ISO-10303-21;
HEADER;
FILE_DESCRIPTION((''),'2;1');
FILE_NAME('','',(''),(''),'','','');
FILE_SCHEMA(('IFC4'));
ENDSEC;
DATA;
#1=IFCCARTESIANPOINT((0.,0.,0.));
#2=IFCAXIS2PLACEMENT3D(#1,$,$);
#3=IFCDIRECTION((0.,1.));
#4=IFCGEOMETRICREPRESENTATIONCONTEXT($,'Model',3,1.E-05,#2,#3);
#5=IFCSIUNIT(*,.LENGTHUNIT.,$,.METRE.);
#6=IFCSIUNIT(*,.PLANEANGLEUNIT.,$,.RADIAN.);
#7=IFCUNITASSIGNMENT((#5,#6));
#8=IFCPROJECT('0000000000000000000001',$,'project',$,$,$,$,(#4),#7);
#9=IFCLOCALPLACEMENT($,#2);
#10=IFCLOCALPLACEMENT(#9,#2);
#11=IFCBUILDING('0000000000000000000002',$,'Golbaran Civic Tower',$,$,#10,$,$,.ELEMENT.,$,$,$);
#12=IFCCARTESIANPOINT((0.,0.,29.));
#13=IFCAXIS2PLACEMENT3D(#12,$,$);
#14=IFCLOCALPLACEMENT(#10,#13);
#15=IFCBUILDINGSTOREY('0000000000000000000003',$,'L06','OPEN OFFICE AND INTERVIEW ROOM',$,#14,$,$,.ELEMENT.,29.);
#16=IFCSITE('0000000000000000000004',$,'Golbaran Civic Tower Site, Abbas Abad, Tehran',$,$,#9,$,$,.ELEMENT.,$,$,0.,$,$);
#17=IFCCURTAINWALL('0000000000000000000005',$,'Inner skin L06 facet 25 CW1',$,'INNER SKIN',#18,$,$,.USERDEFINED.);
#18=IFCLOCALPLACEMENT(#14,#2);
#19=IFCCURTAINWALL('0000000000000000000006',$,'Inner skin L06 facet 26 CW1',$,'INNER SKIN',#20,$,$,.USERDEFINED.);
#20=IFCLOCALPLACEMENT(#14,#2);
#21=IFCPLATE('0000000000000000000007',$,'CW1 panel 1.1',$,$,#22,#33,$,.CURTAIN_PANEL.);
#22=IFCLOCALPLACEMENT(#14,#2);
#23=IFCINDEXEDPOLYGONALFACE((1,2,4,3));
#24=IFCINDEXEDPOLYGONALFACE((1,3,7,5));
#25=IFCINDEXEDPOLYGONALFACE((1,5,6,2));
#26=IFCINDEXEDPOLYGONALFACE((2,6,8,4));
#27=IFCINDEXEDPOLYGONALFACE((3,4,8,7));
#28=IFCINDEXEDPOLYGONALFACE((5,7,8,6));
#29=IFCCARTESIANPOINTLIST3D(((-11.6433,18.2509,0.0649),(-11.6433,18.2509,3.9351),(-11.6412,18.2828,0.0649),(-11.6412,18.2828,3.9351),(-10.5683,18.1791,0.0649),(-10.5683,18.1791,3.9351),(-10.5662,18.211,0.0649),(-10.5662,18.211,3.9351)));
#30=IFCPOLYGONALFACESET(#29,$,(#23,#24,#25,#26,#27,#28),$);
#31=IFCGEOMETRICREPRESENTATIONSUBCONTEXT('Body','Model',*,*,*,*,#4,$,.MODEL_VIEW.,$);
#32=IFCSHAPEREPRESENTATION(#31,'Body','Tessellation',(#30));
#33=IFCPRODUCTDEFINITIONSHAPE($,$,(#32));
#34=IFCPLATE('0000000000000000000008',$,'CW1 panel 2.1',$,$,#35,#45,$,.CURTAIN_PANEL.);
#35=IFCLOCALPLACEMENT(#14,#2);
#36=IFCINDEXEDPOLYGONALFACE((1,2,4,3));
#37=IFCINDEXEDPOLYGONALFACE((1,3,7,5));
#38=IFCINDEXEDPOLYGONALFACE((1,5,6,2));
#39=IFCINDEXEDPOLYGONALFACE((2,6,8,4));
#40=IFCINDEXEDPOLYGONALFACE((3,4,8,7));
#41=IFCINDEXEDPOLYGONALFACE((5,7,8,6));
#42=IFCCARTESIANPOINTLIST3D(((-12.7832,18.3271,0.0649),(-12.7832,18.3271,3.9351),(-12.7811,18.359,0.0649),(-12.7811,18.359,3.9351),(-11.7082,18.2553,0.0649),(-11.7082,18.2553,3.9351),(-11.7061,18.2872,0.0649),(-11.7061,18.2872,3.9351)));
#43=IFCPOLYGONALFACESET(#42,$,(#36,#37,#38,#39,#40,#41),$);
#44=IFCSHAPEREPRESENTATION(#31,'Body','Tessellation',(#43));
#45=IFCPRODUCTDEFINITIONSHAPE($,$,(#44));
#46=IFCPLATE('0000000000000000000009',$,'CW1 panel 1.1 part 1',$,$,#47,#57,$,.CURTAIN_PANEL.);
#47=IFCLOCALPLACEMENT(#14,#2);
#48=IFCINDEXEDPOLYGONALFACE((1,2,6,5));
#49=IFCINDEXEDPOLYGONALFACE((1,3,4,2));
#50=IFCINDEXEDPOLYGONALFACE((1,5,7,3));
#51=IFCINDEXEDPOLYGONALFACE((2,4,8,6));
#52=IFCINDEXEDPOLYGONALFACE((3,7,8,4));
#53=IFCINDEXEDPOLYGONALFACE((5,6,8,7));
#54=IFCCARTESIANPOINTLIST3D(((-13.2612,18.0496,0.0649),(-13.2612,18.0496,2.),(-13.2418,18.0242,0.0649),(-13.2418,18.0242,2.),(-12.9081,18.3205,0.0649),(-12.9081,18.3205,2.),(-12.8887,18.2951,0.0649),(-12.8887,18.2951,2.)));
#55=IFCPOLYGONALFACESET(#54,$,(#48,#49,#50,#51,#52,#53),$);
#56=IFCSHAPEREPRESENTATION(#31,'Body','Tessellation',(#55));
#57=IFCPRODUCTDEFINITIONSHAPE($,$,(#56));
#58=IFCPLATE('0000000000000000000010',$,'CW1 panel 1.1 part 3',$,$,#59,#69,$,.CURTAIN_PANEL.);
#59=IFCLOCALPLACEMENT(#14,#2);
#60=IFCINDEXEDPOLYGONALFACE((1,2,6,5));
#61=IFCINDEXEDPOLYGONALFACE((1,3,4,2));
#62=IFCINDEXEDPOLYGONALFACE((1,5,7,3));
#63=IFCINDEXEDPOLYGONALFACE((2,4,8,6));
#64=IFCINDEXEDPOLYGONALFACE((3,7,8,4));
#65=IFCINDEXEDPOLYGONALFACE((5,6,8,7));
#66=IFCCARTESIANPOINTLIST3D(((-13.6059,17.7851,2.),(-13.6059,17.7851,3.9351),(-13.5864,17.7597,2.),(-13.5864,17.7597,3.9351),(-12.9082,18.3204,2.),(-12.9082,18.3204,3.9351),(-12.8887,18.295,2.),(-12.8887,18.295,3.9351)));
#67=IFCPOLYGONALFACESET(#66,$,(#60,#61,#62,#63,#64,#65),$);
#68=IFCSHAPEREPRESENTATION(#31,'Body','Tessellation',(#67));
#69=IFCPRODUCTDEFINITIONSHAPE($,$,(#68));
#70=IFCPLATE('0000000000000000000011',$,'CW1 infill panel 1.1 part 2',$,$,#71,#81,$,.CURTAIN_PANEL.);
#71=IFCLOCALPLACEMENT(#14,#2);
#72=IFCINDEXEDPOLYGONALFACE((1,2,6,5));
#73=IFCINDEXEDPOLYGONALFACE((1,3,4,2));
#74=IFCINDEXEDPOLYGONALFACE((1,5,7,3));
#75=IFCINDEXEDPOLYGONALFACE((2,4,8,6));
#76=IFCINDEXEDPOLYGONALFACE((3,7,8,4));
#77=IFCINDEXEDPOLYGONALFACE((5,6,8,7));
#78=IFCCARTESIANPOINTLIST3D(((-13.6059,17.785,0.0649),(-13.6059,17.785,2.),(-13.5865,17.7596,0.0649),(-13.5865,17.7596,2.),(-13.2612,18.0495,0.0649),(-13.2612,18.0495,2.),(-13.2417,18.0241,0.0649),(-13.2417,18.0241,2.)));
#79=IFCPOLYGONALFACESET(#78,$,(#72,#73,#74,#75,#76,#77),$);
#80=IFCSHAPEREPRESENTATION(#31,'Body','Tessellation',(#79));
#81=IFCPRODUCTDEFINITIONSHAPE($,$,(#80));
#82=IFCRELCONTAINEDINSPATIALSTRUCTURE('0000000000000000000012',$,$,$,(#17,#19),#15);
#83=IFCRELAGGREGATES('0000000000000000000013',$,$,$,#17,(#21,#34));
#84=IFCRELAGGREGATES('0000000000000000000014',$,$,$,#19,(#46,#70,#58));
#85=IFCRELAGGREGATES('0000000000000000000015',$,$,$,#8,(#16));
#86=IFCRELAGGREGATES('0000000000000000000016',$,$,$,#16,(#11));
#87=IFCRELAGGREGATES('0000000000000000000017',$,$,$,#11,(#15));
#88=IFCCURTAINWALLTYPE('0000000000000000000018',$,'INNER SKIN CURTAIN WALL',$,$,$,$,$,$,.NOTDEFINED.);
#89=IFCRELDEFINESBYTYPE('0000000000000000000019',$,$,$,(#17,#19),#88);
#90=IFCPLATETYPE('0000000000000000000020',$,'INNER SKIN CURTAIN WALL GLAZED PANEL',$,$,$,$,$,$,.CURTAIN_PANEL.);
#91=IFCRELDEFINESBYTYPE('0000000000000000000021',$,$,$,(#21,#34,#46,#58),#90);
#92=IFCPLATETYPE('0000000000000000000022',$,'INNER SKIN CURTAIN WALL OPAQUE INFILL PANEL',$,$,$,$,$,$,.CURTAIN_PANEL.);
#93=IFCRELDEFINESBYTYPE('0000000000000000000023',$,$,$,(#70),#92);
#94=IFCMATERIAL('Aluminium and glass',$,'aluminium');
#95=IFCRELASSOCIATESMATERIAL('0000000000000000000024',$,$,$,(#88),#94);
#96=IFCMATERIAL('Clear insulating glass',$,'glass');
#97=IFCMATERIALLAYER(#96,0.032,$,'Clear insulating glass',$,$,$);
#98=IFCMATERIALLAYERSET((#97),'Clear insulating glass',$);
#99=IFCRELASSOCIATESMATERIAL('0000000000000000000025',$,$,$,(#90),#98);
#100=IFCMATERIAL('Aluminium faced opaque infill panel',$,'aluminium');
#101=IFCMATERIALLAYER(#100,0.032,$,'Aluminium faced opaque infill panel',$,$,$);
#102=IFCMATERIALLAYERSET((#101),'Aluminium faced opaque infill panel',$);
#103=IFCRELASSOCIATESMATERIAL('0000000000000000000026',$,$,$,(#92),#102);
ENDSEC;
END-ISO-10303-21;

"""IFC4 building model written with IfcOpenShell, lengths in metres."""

from ifc_helpers import new_model, si_unit, direction, frame, origin, origin_2d, place, context, subcontext, project, spatial, rectangle, extrude, material, layer, layer_set, type_object, element, aggregate, save


model = new_model("IFC4")

# Units and contexts
model_context = context("Model", 3, precision=1e-05, world=origin(), true_north=direction((0.0, 1.0)))
body_context = subcontext(model_context, "Body", "Model", "MODEL_VIEW")
ifc_project = project(units=[si_unit("LENGTHUNIT", "METRE"), si_unit("PLANEANGLEUNIT", "RADIAN")], contexts=[model_context])

# Site, building, storey
site_placement = place(None, origin())
site = spatial("IfcSite", under=ifc_project, at=site_placement, Name="Golbaran Civic Tower Site, Abbas Abad, Tehran", CompositionType="ELEMENT", RefElevation=0.0)
building_placement = place(site_placement, origin())
building = spatial("IfcBuilding", under=site, at=building_placement, Name="Golbaran Civic Tower", CompositionType="ELEMENT")
storey_placement = place(building_placement, frame((0.0, 0.0, 29.0)))
storey = spatial("IfcBuildingStorey", under=building, at=storey_placement, Name="L06", Description="OPEN OFFICE AND INTERVIEW ROOM", CompositionType="ELEMENT", Elevation=29.0)

# Curtain walls
ifc_material_1 = material(Name="Aluminium and glass", Category="aluminium")
curtain_wall_type = type_object("IfcCurtainWallType", Name="INNER SKIN CURTAIN WALL", PredefinedType="NOTDEFINED", material=ifc_material_1)
curtain_wall_1_placement = place(storey_placement, origin())
curtain_wall_1 = element("IfcCurtainWall", 1, at=curtain_wall_1_placement, inside=storey, type_object=curtain_wall_type, Name="Inner skin L06 facet 25 CW1", ObjectType="INNER SKIN", PredefinedType="USERDEFINED")
curtain_wall_2_placement = place(storey_placement, origin())
curtain_wall_2 = element("IfcCurtainWall", 2, at=curtain_wall_2_placement, inside=storey, type_object=curtain_wall_type, Name="Inner skin L06 facet 26 CW1", ObjectType="INNER SKIN", PredefinedType="USERDEFINED")

# Plates
ifc_material_2 = material(Name="Clear insulating glass", Category="glass")
ifc_layer_1 = layer(ifc_material_2, 0.032, Name="Clear insulating glass")
ifc_layer_set_1 = layer_set([ifc_layer_1], Name="Clear insulating glass")
plate_type_1 = type_object("IfcPlateType", Name="INNER SKIN CURTAIN WALL GLAZED PANEL", PredefinedType="CURTAIN_PANEL", material=ifc_layer_set_1)
plate_1_placement = place(storey_placement, frame((-11.1047, 18.231, 0.0649), z_axis=(0.0, 0.0, 1.0), x_axis=(-0.997779, 0.066606, 0.0)))
plate_1 = element("IfcPlate", 3, at=plate_1_placement, type_object=plate_type_1, Name="CW1 panel 1.1", PredefinedType="CURTAIN_PANEL", context=body_context, shape_type="SweptSolid", body=[
    extrude(rectangle(XDim=1.0774, YDim=0.032, at=origin_2d()), origin(), (0.0, 0.0, 1.0), 3.8701),
])
plate_2_placement = place(storey_placement, frame((-12.2446, 18.3071, 0.0649), z_axis=(0.0, 0.0, 1.0), x_axis=(-0.997779, 0.066606, 0.0)))
plate_2 = element("IfcPlate", 4, at=plate_2_placement, type_object=plate_type_1, Name="CW1 panel 2.1", PredefinedType="CURTAIN_PANEL", context=body_context, shape_type="SweptSolid", body=[
    extrude(rectangle(XDim=1.0774, YDim=0.032, at=origin_2d()), origin(), (0.0, 0.0, 1.0), 3.8701),
])
aggregate(curtain_wall_1, [plate_1, plate_2])
plate_3_placement = place(storey_placement, frame((-13.075, 18.1724, 0.0649), z_axis=(0.0, 0.0, 1.0), x_axis=(-0.793353, -0.608761, 0.0)))
plate_3 = element("IfcPlate", 5, at=plate_3_placement, type_object=plate_type_1, Name="CW1 panel 1.1 part 1", PredefinedType="CURTAIN_PANEL", context=body_context, shape_type="SweptSolid", body=[
    extrude(rectangle(XDim=0.4451, YDim=0.032, at=origin_2d()), origin(), (0.0, 0.0, 1.0), 1.9351),
])
plate_4_placement = place(storey_placement, frame((-13.2473, 18.04, 2.0), z_axis=(0.0, 0.0, 1.0), x_axis=(-0.793353, -0.608761, 0.0)))
plate_4 = element("IfcPlate", 6, at=plate_4_placement, type_object=plate_type_1, Name="CW1 panel 1.1 part 3", PredefinedType="CURTAIN_PANEL", context=body_context, shape_type="SweptSolid", body=[
    extrude(rectangle(XDim=0.8794, YDim=0.032, at=origin_2d()), origin(), (0.0, 0.0, 1.0), 1.9351),
])
ifc_material_3 = material(Name="Aluminium faced opaque infill panel", Category="aluminium")
ifc_layer_2 = layer(ifc_material_3, 0.032, Name="Aluminium faced opaque infill panel")
ifc_layer_set_2 = layer_set([ifc_layer_2], Name="Aluminium faced opaque infill panel")
plate_type_2 = type_object("IfcPlateType", Name="INNER SKIN CURTAIN WALL OPAQUE INFILL PANEL", PredefinedType="CURTAIN_PANEL", material=ifc_layer_set_2)
plate_5_placement = place(storey_placement, frame((-13.4238, 17.9045, 0.0649), z_axis=(0.0, 0.0, 1.0), x_axis=(-0.793353, -0.608761, 0.0)))
plate_5 = element("IfcPlate", 7, at=plate_5_placement, type_object=plate_type_2, Name="CW1 infill panel 1.1 part 2", PredefinedType="CURTAIN_PANEL", context=body_context, shape_type="SweptSolid", body=[
    extrude(rectangle(XDim=0.4346, YDim=0.032, at=origin_2d()), origin(), (0.0, 0.0, 1.0), 1.9351),
])
aggregate(curtain_wall_2, [plate_3, plate_5, plate_4])

save(model, "model.ifc")
